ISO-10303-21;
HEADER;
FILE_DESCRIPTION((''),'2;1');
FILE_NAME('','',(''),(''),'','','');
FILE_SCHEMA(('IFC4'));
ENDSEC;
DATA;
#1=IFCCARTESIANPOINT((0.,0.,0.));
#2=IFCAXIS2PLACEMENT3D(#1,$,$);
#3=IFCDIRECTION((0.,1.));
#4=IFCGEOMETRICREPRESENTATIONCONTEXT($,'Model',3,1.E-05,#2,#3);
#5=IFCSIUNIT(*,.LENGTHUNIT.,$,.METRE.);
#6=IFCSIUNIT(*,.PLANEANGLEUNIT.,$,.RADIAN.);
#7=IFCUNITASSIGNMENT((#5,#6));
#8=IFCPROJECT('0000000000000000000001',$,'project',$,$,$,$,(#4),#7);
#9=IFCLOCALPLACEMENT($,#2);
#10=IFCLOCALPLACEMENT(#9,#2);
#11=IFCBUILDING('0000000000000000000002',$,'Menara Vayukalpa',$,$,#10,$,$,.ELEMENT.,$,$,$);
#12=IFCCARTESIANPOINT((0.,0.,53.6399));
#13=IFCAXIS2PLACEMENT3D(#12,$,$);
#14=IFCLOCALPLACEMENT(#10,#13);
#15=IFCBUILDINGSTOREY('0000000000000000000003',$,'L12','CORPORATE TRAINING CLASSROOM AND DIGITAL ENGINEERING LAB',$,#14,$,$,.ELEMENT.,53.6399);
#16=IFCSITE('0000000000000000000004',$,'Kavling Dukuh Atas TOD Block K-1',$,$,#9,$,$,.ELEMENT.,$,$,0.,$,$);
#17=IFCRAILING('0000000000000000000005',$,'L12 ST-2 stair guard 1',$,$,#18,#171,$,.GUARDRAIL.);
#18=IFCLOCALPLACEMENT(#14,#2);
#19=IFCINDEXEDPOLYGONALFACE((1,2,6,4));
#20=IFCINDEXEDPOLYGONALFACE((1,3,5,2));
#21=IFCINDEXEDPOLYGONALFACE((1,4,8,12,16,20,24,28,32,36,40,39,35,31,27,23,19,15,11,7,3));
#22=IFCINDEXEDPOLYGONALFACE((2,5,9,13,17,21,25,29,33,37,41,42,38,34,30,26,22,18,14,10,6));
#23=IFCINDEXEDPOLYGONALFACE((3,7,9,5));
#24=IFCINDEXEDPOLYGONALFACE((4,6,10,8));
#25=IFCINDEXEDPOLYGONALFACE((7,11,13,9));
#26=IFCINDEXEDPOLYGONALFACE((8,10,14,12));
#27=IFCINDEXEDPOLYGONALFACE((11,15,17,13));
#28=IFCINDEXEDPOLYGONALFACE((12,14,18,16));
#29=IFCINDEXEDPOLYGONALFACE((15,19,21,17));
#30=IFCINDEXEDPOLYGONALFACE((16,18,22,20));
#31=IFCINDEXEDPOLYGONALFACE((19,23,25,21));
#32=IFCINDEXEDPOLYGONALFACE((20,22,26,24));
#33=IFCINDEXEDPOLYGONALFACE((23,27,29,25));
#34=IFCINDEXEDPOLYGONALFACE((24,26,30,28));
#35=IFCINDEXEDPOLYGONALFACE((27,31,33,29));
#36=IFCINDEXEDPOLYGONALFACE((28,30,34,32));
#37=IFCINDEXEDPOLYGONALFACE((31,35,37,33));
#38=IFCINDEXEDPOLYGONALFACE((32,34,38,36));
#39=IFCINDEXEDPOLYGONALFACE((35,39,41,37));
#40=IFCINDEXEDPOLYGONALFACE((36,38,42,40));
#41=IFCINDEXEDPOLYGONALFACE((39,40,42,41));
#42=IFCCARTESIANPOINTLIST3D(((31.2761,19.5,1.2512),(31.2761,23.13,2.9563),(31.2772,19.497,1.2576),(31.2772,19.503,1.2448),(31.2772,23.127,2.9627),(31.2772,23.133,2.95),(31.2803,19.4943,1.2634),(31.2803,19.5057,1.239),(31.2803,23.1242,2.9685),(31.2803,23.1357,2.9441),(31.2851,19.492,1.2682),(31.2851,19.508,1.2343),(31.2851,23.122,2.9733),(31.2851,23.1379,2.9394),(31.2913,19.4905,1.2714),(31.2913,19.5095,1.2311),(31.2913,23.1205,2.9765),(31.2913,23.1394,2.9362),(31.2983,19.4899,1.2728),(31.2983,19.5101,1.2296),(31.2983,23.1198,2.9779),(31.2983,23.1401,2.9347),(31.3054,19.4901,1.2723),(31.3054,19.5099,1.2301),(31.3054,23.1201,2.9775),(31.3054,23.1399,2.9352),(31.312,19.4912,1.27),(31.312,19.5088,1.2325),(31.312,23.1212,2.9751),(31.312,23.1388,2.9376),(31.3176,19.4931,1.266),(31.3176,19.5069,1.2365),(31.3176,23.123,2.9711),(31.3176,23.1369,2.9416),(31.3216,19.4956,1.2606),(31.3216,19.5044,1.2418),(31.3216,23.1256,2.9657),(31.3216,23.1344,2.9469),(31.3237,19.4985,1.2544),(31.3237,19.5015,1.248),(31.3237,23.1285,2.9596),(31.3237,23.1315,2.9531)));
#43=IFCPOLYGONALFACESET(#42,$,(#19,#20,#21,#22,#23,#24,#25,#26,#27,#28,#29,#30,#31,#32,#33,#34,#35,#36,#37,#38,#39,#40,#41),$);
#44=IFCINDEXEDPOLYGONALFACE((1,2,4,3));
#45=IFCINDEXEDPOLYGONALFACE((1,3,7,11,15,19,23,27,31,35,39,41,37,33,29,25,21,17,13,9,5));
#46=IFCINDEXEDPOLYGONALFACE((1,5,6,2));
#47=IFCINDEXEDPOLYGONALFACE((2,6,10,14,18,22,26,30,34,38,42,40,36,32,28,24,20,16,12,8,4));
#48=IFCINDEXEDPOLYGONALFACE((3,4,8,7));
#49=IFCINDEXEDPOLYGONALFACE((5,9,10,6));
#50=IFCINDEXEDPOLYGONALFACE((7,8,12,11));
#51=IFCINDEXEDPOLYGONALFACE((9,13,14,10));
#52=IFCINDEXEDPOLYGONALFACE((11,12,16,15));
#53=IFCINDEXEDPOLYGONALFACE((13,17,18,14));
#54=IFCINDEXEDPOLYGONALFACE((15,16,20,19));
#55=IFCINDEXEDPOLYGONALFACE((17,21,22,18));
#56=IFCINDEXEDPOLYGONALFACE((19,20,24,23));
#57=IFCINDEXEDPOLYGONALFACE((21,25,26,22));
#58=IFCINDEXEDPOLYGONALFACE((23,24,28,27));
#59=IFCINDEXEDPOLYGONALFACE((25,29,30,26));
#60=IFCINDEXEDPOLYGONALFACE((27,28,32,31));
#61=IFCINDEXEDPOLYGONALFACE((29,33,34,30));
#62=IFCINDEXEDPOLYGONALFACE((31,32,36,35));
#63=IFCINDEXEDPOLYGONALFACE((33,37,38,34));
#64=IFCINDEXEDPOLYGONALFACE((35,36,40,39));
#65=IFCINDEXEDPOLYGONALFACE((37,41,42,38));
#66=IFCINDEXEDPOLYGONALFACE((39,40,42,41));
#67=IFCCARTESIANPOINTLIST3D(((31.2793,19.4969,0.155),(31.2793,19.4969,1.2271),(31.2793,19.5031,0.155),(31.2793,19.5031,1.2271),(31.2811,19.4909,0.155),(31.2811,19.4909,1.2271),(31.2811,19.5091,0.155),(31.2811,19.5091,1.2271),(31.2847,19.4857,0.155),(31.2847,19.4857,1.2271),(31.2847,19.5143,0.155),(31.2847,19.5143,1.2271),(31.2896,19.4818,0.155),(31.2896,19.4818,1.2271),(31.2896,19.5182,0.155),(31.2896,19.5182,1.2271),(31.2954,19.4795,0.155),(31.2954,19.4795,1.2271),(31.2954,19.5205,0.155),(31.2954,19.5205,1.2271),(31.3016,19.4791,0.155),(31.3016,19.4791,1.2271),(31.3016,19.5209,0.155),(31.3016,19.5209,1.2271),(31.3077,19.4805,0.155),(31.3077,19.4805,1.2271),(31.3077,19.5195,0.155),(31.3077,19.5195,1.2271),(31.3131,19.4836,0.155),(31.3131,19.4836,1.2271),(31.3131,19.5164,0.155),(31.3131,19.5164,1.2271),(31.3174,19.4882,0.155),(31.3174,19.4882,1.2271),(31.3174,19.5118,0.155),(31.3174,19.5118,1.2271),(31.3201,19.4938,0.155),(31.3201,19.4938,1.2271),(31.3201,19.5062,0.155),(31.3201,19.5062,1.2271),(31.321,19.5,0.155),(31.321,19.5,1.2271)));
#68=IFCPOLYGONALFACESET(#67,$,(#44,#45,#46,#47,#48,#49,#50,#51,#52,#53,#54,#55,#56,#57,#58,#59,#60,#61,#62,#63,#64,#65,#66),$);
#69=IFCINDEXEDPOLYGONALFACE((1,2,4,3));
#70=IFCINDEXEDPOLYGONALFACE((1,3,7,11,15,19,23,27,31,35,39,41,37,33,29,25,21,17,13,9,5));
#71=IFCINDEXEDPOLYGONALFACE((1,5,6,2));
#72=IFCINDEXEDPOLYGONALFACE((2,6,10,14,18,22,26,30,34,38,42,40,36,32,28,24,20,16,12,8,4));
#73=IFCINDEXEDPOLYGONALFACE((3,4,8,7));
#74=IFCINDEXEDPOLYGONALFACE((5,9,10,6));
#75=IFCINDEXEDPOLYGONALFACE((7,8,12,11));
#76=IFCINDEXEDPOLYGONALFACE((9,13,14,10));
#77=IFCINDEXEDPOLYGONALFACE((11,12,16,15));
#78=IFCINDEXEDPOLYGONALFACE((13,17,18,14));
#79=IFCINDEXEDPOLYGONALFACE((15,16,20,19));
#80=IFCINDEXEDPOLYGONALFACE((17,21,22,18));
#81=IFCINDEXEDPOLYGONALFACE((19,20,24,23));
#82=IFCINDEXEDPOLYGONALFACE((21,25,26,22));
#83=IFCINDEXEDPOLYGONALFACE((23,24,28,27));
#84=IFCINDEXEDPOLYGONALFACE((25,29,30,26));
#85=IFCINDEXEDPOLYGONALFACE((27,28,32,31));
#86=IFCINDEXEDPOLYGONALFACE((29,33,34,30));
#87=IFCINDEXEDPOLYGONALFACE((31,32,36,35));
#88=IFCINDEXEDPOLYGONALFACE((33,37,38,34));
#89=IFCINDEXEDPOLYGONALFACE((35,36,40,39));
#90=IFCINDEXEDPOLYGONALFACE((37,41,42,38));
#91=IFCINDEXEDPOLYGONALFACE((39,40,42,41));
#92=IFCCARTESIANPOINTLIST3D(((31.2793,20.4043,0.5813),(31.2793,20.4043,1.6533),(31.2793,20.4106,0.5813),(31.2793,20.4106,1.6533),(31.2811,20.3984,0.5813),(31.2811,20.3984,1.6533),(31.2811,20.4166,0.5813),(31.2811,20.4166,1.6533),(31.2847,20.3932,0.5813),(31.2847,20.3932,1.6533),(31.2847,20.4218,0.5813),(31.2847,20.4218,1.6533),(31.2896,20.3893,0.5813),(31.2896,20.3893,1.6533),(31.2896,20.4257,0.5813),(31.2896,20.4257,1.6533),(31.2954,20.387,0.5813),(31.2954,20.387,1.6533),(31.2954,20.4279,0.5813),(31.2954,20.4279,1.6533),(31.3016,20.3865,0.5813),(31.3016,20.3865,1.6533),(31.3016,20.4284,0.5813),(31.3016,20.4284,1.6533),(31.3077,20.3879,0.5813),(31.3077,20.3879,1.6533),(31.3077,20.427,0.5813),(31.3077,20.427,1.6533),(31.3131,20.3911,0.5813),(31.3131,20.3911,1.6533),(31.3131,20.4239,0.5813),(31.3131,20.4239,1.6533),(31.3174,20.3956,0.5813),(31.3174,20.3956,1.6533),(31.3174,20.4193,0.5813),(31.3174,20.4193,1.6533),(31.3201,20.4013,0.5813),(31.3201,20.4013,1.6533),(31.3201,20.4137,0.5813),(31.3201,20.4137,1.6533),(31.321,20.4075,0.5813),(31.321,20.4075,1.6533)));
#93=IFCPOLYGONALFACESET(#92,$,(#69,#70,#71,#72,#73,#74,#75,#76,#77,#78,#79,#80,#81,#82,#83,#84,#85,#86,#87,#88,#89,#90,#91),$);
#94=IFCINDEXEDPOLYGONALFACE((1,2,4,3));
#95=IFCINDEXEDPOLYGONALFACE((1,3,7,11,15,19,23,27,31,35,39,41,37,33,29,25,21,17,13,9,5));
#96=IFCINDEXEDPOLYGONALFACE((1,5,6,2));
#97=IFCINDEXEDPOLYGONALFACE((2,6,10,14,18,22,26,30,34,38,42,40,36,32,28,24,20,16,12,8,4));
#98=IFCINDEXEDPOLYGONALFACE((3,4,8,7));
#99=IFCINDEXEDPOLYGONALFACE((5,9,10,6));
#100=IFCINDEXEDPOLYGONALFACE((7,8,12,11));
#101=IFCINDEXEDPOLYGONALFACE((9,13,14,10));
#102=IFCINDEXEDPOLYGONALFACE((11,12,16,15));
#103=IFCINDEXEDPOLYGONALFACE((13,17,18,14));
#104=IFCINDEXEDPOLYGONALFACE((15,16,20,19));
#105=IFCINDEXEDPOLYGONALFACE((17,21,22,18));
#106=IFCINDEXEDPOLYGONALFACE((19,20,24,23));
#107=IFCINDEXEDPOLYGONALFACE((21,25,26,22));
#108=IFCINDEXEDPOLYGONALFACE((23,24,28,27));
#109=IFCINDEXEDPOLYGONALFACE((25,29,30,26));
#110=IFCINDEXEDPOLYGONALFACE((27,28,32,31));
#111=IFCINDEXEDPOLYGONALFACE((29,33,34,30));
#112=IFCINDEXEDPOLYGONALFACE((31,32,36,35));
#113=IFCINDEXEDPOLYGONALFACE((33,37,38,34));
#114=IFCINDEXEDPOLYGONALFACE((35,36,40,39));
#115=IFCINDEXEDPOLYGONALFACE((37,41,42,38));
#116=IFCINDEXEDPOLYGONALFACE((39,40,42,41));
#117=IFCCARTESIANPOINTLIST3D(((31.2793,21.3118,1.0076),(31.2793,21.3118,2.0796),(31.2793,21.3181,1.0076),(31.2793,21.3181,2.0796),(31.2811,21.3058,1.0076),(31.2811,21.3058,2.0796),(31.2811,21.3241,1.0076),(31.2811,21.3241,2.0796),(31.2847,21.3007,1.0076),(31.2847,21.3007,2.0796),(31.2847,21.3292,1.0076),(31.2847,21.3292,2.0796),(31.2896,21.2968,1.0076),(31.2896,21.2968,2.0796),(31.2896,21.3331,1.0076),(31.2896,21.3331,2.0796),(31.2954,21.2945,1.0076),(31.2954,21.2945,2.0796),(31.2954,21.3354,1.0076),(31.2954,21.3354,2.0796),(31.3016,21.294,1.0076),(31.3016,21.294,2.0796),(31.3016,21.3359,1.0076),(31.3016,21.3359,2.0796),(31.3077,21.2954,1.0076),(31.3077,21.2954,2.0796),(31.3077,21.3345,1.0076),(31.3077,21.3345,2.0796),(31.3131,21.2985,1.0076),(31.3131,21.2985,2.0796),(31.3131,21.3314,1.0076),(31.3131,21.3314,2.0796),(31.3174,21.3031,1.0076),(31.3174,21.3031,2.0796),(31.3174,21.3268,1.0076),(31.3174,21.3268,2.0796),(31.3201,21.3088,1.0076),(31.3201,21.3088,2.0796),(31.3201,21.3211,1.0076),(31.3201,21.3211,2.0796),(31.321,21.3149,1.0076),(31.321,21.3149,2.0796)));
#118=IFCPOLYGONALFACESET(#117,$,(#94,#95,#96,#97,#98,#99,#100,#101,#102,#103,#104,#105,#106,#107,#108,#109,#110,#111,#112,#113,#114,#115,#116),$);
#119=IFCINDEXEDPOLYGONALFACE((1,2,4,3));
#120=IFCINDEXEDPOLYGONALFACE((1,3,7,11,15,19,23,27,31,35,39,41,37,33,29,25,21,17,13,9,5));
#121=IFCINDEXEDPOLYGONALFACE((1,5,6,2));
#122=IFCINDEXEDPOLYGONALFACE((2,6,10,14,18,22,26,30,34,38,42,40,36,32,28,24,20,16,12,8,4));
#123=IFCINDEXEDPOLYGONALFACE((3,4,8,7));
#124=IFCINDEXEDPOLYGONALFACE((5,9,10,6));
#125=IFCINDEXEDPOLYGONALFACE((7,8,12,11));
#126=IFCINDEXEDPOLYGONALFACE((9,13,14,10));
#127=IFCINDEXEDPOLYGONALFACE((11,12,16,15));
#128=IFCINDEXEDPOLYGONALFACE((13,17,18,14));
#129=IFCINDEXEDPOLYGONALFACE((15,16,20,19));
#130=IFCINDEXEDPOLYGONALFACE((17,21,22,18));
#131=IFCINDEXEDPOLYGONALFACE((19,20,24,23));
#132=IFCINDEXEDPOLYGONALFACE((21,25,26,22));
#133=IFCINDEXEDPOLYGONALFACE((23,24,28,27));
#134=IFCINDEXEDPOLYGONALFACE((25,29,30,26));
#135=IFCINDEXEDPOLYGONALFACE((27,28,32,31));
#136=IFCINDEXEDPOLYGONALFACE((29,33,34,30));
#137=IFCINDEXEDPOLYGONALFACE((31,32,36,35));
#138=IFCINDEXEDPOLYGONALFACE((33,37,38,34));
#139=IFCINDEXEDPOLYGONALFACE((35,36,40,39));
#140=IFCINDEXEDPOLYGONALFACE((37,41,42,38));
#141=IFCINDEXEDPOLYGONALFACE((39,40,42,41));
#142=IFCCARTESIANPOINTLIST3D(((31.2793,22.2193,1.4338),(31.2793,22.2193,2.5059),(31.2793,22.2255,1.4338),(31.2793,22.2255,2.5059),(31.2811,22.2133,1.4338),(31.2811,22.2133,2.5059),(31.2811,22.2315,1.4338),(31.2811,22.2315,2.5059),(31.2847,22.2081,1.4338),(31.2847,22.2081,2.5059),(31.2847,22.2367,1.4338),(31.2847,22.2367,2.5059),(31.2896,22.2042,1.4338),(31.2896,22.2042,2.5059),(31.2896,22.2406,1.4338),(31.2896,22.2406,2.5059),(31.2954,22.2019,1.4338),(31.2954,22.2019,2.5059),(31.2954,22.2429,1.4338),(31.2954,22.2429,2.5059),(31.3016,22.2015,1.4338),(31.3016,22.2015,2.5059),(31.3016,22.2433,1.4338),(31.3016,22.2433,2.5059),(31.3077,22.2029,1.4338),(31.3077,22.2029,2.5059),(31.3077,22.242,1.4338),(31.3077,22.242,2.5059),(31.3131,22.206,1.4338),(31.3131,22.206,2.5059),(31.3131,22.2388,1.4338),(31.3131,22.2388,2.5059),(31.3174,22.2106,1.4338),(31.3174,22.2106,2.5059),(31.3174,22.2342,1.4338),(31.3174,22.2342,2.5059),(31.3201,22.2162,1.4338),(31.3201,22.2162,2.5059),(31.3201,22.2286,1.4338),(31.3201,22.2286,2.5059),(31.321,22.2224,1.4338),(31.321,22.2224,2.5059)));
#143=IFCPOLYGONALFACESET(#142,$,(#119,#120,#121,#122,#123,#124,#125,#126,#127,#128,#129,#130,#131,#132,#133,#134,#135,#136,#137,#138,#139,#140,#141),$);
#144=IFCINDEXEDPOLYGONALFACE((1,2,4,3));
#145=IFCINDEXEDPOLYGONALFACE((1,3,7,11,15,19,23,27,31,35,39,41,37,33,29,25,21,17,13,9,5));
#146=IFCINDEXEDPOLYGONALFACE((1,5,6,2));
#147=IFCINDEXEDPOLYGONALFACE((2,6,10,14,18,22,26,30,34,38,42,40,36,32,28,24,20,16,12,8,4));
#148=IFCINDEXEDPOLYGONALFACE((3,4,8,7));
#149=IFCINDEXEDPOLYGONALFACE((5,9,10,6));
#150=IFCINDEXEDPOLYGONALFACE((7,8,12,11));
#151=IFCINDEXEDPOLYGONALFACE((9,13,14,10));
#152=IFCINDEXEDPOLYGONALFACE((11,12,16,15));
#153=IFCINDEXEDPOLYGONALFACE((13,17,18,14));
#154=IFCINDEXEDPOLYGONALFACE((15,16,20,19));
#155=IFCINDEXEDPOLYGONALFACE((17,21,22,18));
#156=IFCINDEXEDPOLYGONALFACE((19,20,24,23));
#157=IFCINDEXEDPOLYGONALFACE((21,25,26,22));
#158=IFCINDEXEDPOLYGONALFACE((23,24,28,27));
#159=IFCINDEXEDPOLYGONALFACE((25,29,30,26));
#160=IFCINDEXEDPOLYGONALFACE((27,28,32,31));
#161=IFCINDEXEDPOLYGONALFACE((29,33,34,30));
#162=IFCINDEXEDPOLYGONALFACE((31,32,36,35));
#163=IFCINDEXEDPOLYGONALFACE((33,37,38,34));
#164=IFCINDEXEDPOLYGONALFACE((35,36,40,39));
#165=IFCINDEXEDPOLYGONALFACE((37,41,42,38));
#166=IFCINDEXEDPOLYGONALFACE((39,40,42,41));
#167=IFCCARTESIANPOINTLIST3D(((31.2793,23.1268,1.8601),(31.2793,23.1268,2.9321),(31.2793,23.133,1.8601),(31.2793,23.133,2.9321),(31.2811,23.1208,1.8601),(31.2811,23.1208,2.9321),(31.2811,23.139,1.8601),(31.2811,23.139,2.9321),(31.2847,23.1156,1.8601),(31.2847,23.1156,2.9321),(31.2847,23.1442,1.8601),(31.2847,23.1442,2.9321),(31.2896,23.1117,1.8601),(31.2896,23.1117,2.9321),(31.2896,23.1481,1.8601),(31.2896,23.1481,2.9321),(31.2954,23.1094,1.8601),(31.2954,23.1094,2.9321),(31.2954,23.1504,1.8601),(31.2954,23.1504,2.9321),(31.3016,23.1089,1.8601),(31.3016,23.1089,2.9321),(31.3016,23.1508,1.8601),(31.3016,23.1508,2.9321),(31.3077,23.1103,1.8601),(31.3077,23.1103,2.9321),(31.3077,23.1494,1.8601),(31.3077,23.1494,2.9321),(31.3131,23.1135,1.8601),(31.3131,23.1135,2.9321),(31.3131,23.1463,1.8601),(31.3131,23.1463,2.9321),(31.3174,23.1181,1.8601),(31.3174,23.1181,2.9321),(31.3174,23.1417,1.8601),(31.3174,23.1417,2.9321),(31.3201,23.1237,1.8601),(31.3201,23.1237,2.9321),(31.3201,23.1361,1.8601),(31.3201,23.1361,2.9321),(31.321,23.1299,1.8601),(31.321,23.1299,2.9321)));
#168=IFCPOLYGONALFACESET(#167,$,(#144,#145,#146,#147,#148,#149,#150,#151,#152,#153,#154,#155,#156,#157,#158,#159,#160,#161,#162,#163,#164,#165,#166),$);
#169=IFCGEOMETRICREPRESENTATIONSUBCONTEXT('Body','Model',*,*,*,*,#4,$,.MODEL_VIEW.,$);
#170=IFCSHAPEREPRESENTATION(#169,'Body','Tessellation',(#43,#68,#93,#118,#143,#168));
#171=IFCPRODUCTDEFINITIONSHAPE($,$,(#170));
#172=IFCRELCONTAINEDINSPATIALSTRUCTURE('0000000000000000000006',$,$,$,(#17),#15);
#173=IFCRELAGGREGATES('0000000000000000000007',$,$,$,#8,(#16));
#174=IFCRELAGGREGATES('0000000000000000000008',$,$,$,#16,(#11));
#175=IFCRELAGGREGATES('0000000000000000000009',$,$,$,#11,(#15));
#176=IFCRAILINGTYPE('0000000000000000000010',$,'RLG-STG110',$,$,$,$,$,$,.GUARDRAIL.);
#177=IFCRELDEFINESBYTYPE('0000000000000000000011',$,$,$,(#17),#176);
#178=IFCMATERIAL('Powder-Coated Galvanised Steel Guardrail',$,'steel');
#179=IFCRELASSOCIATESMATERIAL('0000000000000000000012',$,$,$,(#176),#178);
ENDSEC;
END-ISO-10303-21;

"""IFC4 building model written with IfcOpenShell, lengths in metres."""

from ifc_helpers import new_model, si_unit, direction, frame, origin, origin_2d, place, context, subcontext, project, spatial, circle, extrude, material, type_object, element, save


model = new_model("IFC4")

# Units and contexts
model_context = context("Model", 3, precision=1e-05, world=origin(), true_north=direction((0.0, 1.0)))
body_context = subcontext(model_context, "Body", "Model", "MODEL_VIEW")
ifc_project = project(units=[si_unit("LENGTHUNIT", "METRE"), si_unit("PLANEANGLEUNIT", "RADIAN")], contexts=[model_context])

# Site, building, storey
site_placement = place(None, origin())
site = spatial("IfcSite", under=ifc_project, at=site_placement, Name="Kavling Dukuh Atas TOD Block K-1", CompositionType="ELEMENT", RefElevation=0.0)
building_placement = place(site_placement, origin())
building = spatial("IfcBuilding", under=site, at=building_placement, Name="Menara Vayukalpa", CompositionType="ELEMENT")
storey_placement = place(building_placement, frame((0.0, 0.0, 53.6399)))
storey = spatial("IfcBuildingStorey", under=building, at=storey_placement, Name="L12", Description="CORPORATE TRAINING CLASSROOM AND DIGITAL ENGINEERING LAB", CompositionType="ELEMENT", Elevation=53.6399)

# Railing
ifc_material_1 = material(Name="Powder-Coated Galvanised Steel Guardrail", Category="steel")
railing_type = type_object("IfcRailingType", Name="RLG-STG110", PredefinedType="GUARDRAIL", material=ifc_material_1)
railing_placement = place(storey_placement, frame((31.3, 19.5, 0.155)))
element("IfcRailing", 1, at=railing_placement, inside=storey, type_object=railing_type, Name="L12 ST-2 stair guard 1", PredefinedType="GUARDRAIL", context=body_context, shape_type="SweptSolid", body=[
    extrude(circle(Radius=0.0239, at=origin_2d()), frame((0.0, 0.0, 1.0962), z_axis=(0.0, 0.905116, 0.425164), x_axis=(-1.0, 0.0, 0.0)), (0.0, 0.0, 1.0), 4.0105),
    extrude(circle(Radius=0.021, at=origin_2d()), origin(), (0.0, 0.0, 1.0), 1.072),
    extrude(circle(Radius=0.021, at=origin_2d()), frame((0.0, 0.9075, 0.4263)), (0.0, 0.0, 1.0), 1.072),
    extrude(circle(Radius=0.021, at=origin_2d()), frame((0.0, 1.8149, 0.8525)), (0.0, 0.0, 1.0), 1.072),
    extrude(circle(Radius=0.021, at=origin_2d()), frame((0.0, 2.7224, 1.2788)), (0.0, 0.0, 1.0), 1.072),
    extrude(circle(Radius=0.021, at=origin_2d()), frame((0.0, 3.6299, 1.7051)), (0.0, 0.0, 1.0), 1.072),
])

save(model, "model.ifc")
